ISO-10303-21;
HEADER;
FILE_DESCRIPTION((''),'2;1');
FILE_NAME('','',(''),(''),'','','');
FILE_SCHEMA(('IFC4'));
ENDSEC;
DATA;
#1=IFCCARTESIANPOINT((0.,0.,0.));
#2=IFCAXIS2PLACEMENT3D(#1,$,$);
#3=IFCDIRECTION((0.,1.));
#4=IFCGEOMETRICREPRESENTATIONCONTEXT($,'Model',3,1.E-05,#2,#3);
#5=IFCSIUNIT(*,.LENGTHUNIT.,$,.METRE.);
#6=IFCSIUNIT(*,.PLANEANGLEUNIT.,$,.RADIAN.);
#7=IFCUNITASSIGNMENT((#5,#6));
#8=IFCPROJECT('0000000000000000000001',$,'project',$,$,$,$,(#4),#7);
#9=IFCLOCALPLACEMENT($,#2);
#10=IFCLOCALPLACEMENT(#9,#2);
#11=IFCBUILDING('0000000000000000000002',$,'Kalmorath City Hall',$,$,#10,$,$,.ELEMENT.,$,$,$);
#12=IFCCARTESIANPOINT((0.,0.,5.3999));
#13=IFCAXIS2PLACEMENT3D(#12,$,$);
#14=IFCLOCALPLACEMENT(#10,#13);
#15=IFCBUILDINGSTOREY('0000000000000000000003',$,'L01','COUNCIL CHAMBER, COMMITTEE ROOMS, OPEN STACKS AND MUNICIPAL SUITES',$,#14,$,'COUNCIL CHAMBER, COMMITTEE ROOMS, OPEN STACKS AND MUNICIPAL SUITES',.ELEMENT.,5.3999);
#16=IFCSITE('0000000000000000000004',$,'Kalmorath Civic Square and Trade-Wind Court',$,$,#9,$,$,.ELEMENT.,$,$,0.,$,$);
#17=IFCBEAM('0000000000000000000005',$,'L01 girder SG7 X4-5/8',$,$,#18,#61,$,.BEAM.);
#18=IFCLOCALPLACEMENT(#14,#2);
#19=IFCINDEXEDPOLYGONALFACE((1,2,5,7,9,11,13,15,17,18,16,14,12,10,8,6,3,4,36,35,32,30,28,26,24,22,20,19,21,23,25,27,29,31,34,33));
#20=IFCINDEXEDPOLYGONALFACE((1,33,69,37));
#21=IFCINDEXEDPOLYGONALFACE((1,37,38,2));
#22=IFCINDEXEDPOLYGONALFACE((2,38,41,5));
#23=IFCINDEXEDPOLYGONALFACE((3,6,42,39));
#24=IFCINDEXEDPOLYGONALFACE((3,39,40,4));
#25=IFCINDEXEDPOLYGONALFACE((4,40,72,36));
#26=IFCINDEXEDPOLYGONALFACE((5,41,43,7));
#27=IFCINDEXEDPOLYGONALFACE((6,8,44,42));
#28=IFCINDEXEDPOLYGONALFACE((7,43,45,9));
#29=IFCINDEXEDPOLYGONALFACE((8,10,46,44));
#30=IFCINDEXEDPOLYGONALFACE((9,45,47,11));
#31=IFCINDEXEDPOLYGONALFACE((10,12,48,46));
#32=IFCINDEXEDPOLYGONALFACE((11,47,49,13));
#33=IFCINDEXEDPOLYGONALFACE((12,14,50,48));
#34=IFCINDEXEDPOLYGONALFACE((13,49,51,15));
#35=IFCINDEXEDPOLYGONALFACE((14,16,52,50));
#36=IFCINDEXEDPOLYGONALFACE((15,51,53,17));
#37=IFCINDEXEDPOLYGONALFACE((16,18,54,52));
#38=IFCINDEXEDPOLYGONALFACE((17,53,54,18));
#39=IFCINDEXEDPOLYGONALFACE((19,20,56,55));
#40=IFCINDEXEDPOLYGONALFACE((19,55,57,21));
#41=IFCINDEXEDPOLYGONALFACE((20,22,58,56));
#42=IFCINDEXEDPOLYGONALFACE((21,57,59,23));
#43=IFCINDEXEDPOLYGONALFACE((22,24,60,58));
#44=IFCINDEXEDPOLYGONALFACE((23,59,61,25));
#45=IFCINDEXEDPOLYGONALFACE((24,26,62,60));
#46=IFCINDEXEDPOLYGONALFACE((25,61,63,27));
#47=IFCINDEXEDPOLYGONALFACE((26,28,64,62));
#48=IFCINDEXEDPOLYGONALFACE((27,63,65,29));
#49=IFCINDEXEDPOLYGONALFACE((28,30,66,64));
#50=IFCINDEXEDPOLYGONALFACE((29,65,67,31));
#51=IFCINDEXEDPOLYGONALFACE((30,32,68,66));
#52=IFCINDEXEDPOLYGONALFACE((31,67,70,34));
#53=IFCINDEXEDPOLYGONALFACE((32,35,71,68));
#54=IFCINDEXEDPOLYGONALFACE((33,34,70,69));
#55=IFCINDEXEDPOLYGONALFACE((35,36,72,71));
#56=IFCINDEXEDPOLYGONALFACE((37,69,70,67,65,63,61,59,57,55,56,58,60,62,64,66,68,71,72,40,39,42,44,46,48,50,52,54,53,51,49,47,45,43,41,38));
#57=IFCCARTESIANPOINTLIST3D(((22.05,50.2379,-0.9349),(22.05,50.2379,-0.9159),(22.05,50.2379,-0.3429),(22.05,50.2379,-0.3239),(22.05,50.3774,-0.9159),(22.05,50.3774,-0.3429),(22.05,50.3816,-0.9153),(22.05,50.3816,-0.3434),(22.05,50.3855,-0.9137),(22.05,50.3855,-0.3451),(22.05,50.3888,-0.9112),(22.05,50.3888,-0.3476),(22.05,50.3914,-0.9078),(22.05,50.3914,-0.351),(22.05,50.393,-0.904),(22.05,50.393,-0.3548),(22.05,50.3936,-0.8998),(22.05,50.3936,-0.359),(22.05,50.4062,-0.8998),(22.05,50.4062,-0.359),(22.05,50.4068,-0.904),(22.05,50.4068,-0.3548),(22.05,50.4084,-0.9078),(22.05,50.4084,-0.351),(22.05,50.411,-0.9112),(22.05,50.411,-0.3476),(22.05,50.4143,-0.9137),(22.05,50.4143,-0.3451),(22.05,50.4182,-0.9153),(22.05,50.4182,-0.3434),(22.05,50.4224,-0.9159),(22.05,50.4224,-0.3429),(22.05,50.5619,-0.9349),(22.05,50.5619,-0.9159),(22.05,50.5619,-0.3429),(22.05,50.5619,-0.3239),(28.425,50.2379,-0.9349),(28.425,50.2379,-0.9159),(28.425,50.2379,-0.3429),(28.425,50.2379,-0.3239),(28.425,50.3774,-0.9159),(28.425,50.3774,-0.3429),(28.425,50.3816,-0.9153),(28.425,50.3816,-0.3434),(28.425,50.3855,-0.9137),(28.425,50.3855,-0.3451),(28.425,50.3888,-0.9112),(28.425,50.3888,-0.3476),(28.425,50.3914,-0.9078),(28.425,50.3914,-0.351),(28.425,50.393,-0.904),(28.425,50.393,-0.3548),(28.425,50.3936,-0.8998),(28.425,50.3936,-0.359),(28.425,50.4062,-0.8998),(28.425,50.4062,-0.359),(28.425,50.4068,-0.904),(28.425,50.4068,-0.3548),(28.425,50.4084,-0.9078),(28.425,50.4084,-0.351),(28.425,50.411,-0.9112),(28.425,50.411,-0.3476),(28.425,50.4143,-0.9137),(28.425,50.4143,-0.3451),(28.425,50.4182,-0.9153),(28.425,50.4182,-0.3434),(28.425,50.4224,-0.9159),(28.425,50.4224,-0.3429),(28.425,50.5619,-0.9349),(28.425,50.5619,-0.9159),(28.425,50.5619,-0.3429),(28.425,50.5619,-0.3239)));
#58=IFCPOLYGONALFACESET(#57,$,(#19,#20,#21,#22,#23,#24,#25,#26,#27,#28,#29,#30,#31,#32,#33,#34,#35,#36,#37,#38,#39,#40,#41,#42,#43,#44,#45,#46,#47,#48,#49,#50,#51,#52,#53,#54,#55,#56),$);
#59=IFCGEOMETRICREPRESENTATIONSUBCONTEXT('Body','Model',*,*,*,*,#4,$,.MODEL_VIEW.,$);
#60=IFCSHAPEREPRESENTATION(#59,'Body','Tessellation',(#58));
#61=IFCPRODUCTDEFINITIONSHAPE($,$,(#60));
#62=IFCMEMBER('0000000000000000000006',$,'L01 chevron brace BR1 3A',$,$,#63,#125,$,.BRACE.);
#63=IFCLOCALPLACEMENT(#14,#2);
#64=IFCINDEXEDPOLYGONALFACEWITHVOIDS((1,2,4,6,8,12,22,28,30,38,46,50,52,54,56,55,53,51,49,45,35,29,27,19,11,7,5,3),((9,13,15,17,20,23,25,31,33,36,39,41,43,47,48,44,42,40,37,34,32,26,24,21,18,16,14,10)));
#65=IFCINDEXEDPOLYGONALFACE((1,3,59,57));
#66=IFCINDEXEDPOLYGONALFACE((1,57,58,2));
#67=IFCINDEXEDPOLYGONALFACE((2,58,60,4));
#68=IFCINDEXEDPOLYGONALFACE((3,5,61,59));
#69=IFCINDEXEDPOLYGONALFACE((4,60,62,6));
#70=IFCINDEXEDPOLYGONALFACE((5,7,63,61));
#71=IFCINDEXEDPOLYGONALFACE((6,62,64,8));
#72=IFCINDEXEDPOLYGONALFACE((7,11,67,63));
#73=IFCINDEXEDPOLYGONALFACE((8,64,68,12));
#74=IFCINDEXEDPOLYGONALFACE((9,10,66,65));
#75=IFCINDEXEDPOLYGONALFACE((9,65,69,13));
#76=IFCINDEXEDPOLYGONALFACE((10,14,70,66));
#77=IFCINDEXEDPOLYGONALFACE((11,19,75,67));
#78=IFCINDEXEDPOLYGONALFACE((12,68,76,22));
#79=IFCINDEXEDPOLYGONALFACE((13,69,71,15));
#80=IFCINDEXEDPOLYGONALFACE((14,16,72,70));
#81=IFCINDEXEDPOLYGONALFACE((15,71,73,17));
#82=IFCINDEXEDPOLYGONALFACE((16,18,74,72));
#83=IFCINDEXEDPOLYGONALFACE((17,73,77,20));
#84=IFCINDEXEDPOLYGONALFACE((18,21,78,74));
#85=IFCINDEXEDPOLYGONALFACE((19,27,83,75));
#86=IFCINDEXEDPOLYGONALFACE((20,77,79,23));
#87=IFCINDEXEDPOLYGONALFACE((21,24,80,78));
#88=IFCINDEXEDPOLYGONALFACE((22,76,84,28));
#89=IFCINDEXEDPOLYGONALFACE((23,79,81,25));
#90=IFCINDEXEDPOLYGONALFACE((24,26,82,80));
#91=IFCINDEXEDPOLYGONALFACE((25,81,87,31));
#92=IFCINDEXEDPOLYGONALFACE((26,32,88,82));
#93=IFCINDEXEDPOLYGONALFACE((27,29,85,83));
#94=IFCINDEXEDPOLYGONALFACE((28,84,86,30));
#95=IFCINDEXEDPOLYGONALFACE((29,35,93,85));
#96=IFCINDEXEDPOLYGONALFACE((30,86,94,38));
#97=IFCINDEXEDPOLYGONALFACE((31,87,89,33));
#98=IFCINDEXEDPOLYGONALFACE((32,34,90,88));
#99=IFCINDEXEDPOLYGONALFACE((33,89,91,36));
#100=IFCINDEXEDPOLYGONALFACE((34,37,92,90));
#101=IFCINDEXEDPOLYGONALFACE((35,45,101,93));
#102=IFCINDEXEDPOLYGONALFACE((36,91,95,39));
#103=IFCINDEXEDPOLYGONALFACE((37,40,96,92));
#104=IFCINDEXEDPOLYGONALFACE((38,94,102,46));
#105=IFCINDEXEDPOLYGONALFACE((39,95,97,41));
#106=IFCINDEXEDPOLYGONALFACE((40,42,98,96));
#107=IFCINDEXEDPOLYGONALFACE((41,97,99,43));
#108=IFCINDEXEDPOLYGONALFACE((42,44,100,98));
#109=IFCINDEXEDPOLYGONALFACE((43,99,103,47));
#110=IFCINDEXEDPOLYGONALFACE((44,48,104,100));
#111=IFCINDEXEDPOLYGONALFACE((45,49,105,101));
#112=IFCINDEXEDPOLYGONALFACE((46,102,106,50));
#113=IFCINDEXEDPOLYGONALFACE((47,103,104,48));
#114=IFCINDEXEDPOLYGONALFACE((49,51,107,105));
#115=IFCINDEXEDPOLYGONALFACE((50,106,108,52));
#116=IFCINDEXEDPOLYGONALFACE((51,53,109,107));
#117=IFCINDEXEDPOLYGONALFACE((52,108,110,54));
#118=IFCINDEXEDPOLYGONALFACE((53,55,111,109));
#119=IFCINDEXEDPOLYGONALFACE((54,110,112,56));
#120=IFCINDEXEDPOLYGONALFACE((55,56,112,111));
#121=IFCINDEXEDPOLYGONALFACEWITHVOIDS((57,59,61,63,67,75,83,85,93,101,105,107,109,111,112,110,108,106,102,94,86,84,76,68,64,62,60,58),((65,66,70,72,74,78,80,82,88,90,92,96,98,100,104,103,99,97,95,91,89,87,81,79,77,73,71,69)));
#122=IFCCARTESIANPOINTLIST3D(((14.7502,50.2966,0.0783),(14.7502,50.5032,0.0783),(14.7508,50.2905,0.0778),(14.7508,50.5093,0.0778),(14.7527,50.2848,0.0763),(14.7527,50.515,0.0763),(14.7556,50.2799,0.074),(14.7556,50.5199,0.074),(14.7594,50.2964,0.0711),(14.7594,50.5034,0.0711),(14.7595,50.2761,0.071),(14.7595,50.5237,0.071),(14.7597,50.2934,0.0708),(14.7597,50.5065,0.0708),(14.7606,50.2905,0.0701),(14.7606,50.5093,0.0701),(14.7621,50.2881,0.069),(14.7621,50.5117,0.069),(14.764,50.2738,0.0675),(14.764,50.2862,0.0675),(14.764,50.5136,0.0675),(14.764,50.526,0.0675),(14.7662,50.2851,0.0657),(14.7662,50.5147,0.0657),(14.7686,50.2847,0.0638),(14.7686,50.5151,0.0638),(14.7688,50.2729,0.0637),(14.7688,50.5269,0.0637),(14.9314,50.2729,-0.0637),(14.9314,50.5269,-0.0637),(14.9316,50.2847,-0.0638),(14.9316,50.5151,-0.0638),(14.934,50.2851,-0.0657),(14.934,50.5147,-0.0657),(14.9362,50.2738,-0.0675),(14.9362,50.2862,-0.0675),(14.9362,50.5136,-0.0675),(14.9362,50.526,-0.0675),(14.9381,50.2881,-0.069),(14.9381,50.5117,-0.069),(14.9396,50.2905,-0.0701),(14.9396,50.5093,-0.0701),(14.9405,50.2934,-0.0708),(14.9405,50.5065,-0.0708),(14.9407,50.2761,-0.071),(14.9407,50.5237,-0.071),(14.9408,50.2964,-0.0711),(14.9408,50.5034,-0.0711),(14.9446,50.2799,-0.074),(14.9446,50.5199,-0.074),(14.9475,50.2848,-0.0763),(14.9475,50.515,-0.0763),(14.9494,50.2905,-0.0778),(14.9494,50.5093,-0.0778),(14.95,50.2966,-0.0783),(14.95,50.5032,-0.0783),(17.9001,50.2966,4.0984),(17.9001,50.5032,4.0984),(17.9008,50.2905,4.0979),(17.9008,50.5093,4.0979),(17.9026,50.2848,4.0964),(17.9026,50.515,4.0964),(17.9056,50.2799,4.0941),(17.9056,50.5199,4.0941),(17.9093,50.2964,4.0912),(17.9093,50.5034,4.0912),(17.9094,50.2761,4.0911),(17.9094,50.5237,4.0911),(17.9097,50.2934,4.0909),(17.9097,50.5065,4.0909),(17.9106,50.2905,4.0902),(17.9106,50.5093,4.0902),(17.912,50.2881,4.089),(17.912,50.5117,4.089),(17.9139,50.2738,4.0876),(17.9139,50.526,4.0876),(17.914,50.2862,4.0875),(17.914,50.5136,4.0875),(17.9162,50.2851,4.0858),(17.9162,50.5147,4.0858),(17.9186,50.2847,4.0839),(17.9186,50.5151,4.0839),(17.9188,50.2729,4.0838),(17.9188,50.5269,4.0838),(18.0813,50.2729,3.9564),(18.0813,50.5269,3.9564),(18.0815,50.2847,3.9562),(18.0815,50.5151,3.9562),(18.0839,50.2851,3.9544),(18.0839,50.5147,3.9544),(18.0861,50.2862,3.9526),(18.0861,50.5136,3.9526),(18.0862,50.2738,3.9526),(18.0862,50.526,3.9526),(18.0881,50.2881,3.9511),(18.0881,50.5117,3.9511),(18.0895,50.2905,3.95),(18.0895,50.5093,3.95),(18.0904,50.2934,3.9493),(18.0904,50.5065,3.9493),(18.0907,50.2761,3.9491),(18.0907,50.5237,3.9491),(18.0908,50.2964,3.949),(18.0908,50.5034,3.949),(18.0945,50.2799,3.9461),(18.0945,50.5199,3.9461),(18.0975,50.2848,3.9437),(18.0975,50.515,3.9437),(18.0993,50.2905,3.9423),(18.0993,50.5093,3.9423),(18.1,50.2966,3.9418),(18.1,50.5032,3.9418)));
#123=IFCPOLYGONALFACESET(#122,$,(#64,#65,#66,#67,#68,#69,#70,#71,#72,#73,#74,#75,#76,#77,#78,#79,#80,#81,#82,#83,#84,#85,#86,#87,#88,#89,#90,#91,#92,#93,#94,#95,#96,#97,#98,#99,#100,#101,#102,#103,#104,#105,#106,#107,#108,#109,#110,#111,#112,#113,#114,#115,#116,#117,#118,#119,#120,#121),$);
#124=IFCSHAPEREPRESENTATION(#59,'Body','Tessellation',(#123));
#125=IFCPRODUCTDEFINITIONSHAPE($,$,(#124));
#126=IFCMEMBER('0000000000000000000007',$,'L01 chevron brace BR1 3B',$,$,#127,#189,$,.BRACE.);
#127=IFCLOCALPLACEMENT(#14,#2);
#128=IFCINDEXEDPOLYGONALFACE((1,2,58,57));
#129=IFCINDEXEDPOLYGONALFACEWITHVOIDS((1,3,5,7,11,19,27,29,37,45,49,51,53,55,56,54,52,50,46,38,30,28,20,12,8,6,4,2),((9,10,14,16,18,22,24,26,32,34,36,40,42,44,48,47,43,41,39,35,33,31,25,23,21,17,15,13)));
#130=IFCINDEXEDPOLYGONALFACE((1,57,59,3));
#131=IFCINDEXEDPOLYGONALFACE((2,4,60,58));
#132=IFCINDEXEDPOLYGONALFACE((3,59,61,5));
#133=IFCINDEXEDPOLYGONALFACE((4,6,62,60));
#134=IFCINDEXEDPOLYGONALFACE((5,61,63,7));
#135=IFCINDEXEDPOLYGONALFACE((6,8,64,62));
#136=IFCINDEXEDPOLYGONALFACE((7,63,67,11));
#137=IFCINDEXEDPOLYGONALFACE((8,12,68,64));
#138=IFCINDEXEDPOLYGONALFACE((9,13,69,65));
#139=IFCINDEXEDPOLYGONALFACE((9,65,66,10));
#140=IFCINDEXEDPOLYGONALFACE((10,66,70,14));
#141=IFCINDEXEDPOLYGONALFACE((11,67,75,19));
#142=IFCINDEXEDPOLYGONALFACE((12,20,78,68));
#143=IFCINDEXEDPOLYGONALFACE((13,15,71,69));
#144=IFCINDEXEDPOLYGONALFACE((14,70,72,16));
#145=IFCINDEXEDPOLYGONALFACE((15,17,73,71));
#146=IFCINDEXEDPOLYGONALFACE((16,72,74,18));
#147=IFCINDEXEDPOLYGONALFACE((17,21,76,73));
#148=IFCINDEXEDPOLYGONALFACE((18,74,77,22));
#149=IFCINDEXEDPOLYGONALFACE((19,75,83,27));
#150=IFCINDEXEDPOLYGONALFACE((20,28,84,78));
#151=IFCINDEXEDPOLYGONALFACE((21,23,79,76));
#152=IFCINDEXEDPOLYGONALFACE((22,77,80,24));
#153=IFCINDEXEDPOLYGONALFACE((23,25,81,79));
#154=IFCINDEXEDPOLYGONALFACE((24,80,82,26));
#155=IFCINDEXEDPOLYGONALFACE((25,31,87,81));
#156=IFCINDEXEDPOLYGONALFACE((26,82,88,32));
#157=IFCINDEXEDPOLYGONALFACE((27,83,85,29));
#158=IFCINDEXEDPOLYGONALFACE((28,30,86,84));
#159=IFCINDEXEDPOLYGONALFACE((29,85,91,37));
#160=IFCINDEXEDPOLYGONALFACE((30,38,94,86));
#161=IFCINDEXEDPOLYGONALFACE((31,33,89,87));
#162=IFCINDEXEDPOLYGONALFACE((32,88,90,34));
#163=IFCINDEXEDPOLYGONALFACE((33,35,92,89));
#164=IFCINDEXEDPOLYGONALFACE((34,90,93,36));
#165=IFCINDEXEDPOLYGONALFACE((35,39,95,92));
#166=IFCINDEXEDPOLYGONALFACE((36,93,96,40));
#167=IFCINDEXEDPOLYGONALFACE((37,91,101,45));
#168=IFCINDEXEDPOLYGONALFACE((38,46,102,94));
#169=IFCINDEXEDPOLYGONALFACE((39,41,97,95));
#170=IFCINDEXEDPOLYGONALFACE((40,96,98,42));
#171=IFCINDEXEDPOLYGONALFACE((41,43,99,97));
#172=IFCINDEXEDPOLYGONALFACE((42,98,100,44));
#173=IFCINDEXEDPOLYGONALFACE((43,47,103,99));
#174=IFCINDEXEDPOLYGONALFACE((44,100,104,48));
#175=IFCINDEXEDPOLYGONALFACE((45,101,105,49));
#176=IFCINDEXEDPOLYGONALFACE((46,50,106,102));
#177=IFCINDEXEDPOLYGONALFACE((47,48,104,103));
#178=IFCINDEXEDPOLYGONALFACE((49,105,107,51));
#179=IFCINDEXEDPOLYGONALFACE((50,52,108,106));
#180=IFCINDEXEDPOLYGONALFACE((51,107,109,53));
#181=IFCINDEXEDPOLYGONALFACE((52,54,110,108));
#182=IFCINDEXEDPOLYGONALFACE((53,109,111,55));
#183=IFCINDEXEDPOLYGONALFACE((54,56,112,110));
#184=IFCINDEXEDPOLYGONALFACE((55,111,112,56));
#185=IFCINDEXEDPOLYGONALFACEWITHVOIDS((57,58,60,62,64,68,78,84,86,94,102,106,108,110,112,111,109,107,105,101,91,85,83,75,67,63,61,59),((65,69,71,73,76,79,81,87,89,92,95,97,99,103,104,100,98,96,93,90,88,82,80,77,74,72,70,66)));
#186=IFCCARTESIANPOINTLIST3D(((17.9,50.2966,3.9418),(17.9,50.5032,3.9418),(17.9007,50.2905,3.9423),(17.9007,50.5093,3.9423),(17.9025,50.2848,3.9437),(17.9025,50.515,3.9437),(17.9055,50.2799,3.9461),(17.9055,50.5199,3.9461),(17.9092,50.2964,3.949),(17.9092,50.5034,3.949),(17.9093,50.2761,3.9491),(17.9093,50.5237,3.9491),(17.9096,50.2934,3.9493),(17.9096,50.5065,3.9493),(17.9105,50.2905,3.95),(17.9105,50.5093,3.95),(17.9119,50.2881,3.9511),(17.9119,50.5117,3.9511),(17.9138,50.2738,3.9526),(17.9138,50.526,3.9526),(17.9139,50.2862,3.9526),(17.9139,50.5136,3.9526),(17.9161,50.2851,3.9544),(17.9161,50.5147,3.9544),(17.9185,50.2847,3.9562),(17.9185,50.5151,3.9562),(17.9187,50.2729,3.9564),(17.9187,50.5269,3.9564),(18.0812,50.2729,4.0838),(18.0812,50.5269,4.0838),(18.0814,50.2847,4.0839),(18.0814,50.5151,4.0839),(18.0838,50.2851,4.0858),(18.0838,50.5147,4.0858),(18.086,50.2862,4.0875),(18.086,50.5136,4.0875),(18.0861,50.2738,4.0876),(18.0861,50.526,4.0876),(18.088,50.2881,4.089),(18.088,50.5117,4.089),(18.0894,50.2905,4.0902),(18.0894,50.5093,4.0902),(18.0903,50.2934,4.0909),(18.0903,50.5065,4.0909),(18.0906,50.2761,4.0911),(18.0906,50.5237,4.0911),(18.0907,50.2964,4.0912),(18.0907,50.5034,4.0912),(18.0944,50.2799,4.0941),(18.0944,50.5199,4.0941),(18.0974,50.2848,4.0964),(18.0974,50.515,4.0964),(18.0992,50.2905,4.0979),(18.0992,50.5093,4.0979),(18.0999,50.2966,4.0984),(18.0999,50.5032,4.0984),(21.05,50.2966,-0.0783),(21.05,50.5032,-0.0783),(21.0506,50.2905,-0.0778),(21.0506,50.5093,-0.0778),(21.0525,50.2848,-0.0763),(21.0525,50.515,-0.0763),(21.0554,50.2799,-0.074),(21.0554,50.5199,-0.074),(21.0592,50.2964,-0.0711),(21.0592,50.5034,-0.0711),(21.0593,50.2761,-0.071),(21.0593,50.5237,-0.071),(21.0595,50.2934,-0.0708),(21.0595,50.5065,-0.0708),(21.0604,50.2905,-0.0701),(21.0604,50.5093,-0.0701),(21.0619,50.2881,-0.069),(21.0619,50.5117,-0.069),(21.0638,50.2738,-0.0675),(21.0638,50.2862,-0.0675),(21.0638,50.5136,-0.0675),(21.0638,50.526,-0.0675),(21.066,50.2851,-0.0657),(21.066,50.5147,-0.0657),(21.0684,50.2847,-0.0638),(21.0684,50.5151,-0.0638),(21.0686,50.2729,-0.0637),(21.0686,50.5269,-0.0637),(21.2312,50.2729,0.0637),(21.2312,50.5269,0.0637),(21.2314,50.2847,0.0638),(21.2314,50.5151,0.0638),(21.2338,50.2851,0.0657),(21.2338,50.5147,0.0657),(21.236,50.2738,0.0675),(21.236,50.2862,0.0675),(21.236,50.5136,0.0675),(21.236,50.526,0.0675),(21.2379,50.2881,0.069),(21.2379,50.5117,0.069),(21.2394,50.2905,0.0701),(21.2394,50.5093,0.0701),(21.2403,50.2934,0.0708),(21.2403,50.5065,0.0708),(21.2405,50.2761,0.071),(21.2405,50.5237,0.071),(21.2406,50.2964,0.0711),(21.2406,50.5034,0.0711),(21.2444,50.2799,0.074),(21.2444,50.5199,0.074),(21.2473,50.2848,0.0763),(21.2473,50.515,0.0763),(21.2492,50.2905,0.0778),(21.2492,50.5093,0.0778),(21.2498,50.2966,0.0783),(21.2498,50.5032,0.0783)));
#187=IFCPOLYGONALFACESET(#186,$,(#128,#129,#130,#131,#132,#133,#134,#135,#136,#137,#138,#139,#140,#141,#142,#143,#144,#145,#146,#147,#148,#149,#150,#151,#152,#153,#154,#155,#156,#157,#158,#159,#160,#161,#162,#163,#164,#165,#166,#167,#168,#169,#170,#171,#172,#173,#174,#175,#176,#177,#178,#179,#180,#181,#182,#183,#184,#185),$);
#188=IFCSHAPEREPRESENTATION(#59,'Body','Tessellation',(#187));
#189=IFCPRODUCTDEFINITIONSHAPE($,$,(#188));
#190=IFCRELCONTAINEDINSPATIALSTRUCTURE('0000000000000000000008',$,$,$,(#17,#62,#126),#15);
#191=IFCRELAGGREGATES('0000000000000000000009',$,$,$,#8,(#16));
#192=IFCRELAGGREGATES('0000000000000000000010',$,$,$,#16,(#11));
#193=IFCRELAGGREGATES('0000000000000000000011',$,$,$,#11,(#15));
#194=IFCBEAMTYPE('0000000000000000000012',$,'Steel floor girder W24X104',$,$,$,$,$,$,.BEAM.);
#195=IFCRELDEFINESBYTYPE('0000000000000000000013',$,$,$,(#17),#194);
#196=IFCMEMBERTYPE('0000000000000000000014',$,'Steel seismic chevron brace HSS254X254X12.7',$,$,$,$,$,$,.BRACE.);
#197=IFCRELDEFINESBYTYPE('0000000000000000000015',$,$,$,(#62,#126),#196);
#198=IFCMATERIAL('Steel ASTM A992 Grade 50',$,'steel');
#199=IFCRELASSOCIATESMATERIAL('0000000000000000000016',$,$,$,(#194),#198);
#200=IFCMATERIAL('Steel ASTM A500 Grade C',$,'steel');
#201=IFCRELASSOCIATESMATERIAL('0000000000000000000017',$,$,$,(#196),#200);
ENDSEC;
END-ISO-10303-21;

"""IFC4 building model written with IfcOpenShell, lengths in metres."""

from ifc_helpers import new_model, si_unit, direction, frame, origin, origin_2d, place, context, subcontext, project, spatial, hollow_rectangle, i_section, extrude, material, material_profile, profile_set, type_object, element, save


model = new_model("IFC4")

# Units and contexts
model_context = context("Model", 3, precision=1e-05, world=origin(), true_north=direction((0.0, 1.0)))
body_context = subcontext(model_context, "Body", "Model", "MODEL_VIEW")
ifc_project = project(units=[si_unit("LENGTHUNIT", "METRE"), si_unit("PLANEANGLEUNIT", "RADIAN")], contexts=[model_context])

# Site, building, storey
site_placement = place(None, origin())
site = spatial("IfcSite", under=ifc_project, at=site_placement, Name="Kalmorath Civic Square and Trade-Wind Court", CompositionType="ELEMENT", RefElevation=0.0)
building_placement = place(site_placement, origin())
building = spatial("IfcBuilding", under=site, at=building_placement, Name="Kalmorath City Hall", CompositionType="ELEMENT")
storey_placement = place(building_placement, frame((0.0, 0.0, 5.3999)))
storey = spatial("IfcBuildingStorey", under=building, at=storey_placement, Name="L01", Description="COUNCIL CHAMBER, COMMITTEE ROOMS, OPEN STACKS AND MUNICIPAL SUITES", LongName="COUNCIL CHAMBER, COMMITTEE ROOMS, OPEN STACKS AND MUNICIPAL SUITES", CompositionType="ELEMENT", Elevation=5.3999)

# Beam
ifc_material_1 = material(Name="Steel ASTM A992 Grade 50", Category="steel")
ifc_material_profile_1 = material_profile(ifc_material_1, i_section(OverallWidth=0.324, OverallDepth=0.6111, WebThickness=0.0127, FlangeThickness=0.019, FilletRadius=0.0161, at=origin_2d()), Name="W24X104")
ifc_profile_set_1 = profile_set([ifc_material_profile_1], Name="Steel ASTM A992 Grade 50")
beam_type_1 = type_object("IfcBeamType", Name="Steel floor girder W24X104", PredefinedType="BEAM", material=ifc_profile_set_1)
beam_1_placement = place(storey_placement, frame((22.05, 50.3999, -0.6294), z_axis=(1.0, 0.0, 0.0), x_axis=(0.0, 1.0, 0.0)))
element("IfcBeam", 1, at=beam_1_placement, inside=storey, type_object=beam_type_1, Name="L01 girder SG7 X4-5/8", PredefinedType="BEAM", context=body_context, shape_type="SweptSolid", body=[
    extrude(i_section(OverallWidth=0.324, OverallDepth=0.6111, WebThickness=0.0127, FlangeThickness=0.019, FilletRadius=0.0161, at=origin_2d()), origin(), (0.0, 0.0, 1.0), 6.375),
])

# Members
ifc_material_2 = material(Name="Steel ASTM A500 Grade C", Category="steel")
ifc_material_profile_2 = material_profile(ifc_material_2, hollow_rectangle(XDim=0.2539, YDim=0.2539, WallThickness=0.0117, InnerFilletRadius=0.0117, OuterFilletRadius=0.0237, at=origin_2d()), Name="HSS254X254X12.7")
ifc_profile_set_2 = profile_set([ifc_material_profile_2], Name="Steel ASTM A500 Grade C")
member_type_1 = type_object("IfcMemberType", Name="Steel seismic chevron brace HSS254X254X12.7", PredefinedType="BRACE", material=ifc_profile_set_2)
for number, where, z_axis, x_axis, name in (
    (2, (14.8501, 50.3999, 0.0), (0.61677, 0.0, 0.787144), (0.0, 1.0, 0.0), "L01 chevron brace BR1 3A"),
    (3, (21.1499, 50.3999, 0.0), (-0.61677, 0.0, 0.787144), (0.0, -1.0, 0.0), "L01 chevron brace BR1 3B"),
):
    element("IfcMember", number, at=place(storey_placement, frame(where, z_axis=z_axis, x_axis=x_axis)), inside=storey, type_object=member_type_1, Name=name, PredefinedType="BRACE", context=body_context, shape_type="SweptSolid", body=[
        extrude(hollow_rectangle(XDim=0.2539, YDim=0.2539, WallThickness=0.0117, InnerFilletRadius=0.0117, OuterFilletRadius=0.0237, at=origin_2d()), origin(), (0.0, 0.0, 1.0), 5.1072),
    ])

save(model, "model.ifc")
